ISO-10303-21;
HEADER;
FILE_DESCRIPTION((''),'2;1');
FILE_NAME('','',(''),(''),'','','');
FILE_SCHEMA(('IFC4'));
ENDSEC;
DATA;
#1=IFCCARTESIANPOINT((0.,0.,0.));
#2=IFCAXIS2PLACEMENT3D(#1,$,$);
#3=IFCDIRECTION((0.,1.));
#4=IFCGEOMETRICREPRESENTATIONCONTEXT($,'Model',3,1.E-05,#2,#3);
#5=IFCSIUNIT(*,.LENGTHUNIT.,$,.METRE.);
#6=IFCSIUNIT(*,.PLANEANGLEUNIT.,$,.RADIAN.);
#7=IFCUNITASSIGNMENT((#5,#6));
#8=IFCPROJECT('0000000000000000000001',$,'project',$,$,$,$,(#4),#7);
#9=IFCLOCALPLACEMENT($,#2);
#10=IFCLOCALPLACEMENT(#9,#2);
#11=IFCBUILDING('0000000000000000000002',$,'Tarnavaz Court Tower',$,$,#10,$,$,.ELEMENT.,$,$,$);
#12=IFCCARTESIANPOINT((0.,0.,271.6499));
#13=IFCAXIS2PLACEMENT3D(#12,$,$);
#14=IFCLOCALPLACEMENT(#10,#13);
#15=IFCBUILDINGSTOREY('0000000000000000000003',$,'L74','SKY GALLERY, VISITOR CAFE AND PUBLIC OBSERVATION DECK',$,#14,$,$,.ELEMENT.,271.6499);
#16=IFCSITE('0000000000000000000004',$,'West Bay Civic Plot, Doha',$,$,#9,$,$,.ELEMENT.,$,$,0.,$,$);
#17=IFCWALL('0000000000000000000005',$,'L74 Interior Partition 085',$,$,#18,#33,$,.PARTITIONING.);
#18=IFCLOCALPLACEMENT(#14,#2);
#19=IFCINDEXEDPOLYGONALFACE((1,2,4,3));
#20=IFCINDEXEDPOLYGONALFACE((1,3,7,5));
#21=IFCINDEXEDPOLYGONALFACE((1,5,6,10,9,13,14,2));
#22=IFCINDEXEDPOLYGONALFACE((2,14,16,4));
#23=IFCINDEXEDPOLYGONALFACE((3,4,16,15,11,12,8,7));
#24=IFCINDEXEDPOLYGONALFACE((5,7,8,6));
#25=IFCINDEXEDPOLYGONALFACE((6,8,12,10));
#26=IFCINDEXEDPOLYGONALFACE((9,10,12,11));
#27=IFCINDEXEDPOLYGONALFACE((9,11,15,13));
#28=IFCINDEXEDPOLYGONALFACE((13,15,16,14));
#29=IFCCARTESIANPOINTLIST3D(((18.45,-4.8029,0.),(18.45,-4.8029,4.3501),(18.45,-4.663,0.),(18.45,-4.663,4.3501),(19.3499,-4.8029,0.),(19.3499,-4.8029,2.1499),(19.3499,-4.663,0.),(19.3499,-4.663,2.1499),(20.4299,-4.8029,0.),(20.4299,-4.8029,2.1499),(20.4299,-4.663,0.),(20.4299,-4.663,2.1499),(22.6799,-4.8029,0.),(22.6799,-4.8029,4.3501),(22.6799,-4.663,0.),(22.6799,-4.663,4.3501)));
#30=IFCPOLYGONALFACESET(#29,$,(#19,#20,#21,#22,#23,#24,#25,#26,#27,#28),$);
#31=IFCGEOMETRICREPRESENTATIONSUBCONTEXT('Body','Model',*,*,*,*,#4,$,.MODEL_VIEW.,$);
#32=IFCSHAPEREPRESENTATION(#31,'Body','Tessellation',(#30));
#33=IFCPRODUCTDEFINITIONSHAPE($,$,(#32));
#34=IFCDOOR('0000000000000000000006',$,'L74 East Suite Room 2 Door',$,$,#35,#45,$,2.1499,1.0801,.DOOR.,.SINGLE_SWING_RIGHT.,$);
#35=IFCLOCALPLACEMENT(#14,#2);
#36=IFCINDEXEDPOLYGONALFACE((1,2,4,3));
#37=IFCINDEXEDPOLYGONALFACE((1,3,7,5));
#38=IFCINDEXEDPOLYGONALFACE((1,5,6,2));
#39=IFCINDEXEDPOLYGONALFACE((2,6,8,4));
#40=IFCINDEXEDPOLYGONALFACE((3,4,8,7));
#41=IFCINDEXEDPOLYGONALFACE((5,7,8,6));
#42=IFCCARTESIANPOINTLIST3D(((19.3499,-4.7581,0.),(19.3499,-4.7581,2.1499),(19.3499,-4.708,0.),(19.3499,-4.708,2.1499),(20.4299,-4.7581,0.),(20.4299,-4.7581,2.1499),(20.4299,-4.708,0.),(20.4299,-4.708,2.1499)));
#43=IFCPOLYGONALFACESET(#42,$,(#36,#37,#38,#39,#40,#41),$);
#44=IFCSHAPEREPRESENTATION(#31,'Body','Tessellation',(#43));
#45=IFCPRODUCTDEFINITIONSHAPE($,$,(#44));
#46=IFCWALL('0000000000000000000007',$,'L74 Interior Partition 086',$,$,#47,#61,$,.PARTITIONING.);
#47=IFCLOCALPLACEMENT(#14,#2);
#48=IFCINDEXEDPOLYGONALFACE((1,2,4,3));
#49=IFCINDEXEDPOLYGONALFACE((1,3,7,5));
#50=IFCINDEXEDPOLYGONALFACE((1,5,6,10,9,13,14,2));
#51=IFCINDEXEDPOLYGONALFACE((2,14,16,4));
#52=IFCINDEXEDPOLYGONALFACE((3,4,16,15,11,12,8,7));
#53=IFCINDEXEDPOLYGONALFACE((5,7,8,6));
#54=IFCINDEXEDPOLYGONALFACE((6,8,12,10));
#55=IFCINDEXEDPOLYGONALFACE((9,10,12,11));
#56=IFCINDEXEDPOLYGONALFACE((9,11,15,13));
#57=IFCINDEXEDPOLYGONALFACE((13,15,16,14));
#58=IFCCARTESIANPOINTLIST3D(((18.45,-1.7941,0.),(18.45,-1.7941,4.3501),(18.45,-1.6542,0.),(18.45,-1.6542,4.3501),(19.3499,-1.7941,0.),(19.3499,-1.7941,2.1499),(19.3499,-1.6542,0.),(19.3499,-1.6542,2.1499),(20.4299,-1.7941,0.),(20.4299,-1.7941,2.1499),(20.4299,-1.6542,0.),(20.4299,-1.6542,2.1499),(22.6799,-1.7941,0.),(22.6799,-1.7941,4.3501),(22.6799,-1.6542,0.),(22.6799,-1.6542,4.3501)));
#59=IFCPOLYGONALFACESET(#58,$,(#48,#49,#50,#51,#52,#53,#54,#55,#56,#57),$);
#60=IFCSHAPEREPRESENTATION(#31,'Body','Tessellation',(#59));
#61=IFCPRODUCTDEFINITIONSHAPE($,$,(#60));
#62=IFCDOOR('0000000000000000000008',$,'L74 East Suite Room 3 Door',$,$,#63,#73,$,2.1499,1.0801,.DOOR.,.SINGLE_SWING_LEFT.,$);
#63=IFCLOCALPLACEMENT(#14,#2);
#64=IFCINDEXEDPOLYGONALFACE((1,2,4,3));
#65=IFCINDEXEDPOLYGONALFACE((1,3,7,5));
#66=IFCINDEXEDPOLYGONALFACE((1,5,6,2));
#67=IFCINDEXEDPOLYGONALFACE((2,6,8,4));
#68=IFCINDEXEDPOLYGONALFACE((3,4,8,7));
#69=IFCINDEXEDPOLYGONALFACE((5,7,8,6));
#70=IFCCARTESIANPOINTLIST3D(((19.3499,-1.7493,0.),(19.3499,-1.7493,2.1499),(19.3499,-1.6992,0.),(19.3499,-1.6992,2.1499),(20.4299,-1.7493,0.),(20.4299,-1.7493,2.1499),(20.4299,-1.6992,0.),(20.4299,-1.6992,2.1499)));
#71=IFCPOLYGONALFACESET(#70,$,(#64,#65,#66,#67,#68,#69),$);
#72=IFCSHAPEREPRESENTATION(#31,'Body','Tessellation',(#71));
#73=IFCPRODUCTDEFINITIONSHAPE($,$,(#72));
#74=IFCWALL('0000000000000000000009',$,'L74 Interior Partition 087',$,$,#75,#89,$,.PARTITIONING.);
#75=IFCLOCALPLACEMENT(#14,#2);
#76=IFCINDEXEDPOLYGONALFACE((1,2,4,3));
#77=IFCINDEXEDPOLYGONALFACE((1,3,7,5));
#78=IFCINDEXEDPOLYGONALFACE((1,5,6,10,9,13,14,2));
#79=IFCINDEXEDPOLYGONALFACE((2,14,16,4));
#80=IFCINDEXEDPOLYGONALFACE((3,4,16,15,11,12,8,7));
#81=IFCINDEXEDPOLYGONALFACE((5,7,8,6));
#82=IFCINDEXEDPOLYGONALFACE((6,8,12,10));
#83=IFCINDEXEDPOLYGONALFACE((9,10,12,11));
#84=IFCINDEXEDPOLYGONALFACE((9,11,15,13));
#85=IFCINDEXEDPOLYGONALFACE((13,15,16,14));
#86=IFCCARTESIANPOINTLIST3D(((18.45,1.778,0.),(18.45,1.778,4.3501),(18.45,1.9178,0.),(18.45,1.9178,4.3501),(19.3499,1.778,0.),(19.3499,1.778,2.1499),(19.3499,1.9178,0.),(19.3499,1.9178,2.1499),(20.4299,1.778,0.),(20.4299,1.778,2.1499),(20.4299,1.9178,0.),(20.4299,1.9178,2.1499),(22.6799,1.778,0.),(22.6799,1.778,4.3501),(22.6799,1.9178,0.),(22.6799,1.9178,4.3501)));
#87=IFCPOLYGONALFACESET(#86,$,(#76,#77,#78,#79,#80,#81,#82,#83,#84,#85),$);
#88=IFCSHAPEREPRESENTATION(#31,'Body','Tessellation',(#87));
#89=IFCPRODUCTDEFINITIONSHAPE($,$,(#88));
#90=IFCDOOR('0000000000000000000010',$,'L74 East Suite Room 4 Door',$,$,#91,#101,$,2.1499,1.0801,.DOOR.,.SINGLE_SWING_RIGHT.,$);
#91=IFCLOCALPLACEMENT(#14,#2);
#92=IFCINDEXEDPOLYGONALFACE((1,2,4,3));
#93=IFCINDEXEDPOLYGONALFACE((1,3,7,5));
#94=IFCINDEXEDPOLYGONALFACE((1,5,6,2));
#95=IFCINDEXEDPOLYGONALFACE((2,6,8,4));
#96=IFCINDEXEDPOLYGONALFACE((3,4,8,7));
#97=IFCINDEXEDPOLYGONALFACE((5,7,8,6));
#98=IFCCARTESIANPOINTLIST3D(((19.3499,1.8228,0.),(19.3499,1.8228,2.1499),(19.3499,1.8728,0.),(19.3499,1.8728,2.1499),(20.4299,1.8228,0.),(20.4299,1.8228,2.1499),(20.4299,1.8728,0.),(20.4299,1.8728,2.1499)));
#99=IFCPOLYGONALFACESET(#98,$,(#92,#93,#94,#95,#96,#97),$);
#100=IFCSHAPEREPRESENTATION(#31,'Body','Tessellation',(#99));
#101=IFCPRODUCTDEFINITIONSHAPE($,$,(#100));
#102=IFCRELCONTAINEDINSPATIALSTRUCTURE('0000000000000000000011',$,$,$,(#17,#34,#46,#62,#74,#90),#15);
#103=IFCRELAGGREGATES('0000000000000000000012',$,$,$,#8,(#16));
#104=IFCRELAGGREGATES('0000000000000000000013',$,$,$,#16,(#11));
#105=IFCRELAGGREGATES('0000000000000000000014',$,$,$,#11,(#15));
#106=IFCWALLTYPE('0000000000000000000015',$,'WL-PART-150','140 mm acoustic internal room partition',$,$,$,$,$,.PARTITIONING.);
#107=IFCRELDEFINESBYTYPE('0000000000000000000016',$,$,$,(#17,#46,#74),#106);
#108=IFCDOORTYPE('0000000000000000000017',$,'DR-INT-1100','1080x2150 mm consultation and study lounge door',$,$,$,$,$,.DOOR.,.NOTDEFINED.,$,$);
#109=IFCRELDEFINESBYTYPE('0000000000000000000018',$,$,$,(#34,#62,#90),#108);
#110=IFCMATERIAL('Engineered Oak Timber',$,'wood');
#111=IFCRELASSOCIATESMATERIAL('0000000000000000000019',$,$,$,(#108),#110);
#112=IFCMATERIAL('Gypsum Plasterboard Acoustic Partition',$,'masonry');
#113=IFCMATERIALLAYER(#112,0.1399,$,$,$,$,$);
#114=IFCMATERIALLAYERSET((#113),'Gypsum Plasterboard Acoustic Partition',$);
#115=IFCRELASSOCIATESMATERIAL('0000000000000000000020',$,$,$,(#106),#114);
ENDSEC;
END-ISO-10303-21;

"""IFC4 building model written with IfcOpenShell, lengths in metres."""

from ifc_helpers import new_model, si_unit, direction, frame, frame_2d, origin, place, context, subcontext, project, spatial, rectangle, extrude, material, layer, layer_set, type_object, element, fill, save


model = new_model("IFC4")

# Units and contexts
model_context = context("Model", 3, precision=1e-05, world=origin(), true_north=direction((0.0, 1.0)))
body_context = subcontext(model_context, "Body", "Model", "MODEL_VIEW")
ifc_project = project(units=[si_unit("LENGTHUNIT", "METRE"), si_unit("PLANEANGLEUNIT", "RADIAN")], contexts=[model_context])

# Site, building, storey
site_placement = place(None, origin())
site = spatial("IfcSite", under=ifc_project, at=site_placement, Name="West Bay Civic Plot, Doha", CompositionType="ELEMENT", RefElevation=0.0)
building_placement = place(site_placement, origin())
building = spatial("IfcBuilding", under=site, at=building_placement, Name="Tarnavaz Court Tower", CompositionType="ELEMENT")
storey_placement = place(building_placement, frame((0.0, 0.0, 271.6499)))
storey = spatial("IfcBuildingStorey", under=building, at=storey_placement, Name="L74", Description="SKY GALLERY, VISITOR CAFE AND PUBLIC OBSERVATION DECK", CompositionType="ELEMENT", Elevation=271.6499)

# Walls, openings, doors
ifc_material_1 = material(Name="Engineered Oak Timber", Category="wood")
door_type_1 = type_object("IfcDoorType", Name="DR-INT-1100", Description="1080x2150 mm consultation and study lounge door", OperationType="NOTDEFINED", PredefinedType="DOOR", material=ifc_material_1)
ifc_material_2 = material(Name="Gypsum Plasterboard Acoustic Partition", Category="masonry")
ifc_layer_1 = layer(ifc_material_2, 0.1399)
ifc_layer_set_1 = layer_set([ifc_layer_1], Name="Gypsum Plasterboard Acoustic Partition")
wall_type_1 = type_object("IfcWallType", Name="WL-PART-150", Description="140 mm acoustic internal room partition", PredefinedType="PARTITIONING", material=ifc_layer_set_1)
wall_1_placement = place(storey_placement, frame((18.45, -4.7329, 0.0), z_axis=(0.0, 0.0, 1.0), x_axis=(1.0, 0.0, 0.0)))
wall_1 = element("IfcWall", 1, at=wall_1_placement, inside=storey, type_object=wall_type_1, Name="L74 Interior Partition 085", PredefinedType="PARTITIONING", context=body_context, shape_type="SweptSolid", body=[
    extrude(rectangle(XDim=4.23, YDim=0.1399, at=frame_2d((2.115, 0.0))), origin(), (0.0, 0.0, 1.0), 4.3501),
])
opening_1_placement = place(wall_1_placement, frame((0.8999, 0.0, 0.0)))
opening_1 = element("IfcOpeningElement", 2, at=opening_1_placement, cuts=wall_1, PredefinedType="OPENING", context=body_context, shape_type="SweptSolid", body=[
    extrude(rectangle(XDim=1.0801, YDim=2.1499, at=frame_2d((0.54, 1.075))), frame((0.0, 0.0798, 0.0), z_axis=(0.0, -1.0, 0.0), x_axis=(1.0, 0.0, 0.0)), (0.0, 0.0, 1.0), 0.1599),
])
door_1_placement = place(opening_1_placement, origin())
door_1 = element("IfcDoor", 3, at=door_1_placement, inside=storey, type_object=door_type_1, Name="L74 East Suite Room 2 Door", OperationType="SINGLE_SWING_RIGHT", OverallHeight=2.1499, OverallWidth=1.0801, PredefinedType="DOOR", context=body_context, shape_type="SweptSolid", body=[
    extrude(rectangle(XDim=1.0801, YDim=2.1499, at=frame_2d((0.54, 1.075))), frame((0.0, 0.0249, 0.0), z_axis=(0.0, -1.0, 0.0), x_axis=(1.0, 0.0, 0.0)), (0.0, 0.0, 1.0), 0.05),
])
fill(opening_1, door_1)
wall_2_placement = place(storey_placement, frame((18.45, -1.7241, 0.0), z_axis=(0.0, 0.0, 1.0), x_axis=(1.0, 0.0, 0.0)))
wall_2 = element("IfcWall", 4, at=wall_2_placement, inside=storey, type_object=wall_type_1, Name="L74 Interior Partition 086", PredefinedType="PARTITIONING", context=body_context, shape_type="SweptSolid", body=[
    extrude(rectangle(XDim=4.23, YDim=0.1399, at=frame_2d((2.115, 0.0))), origin(), (0.0, 0.0, 1.0), 4.3501),
])
opening_2_placement = place(wall_2_placement, frame((0.8999, 0.0, 0.0)))
opening_2 = element("IfcOpeningElement", 5, at=opening_2_placement, cuts=wall_2, PredefinedType="OPENING", context=body_context, shape_type="SweptSolid", body=[
    extrude(rectangle(XDim=1.0801, YDim=2.1499, at=frame_2d((0.54, 1.075))), frame((0.0, 0.0798, 0.0), z_axis=(0.0, -1.0, 0.0), x_axis=(1.0, 0.0, 0.0)), (0.0, 0.0, 1.0), 0.1599),
])
door_2_placement = place(opening_2_placement, origin())
door_2 = element("IfcDoor", 6, at=door_2_placement, inside=storey, type_object=door_type_1, Name="L74 East Suite Room 3 Door", OperationType="SINGLE_SWING_LEFT", OverallHeight=2.1499, OverallWidth=1.0801, PredefinedType="DOOR", context=body_context, shape_type="SweptSolid", body=[
    extrude(rectangle(XDim=1.0801, YDim=2.1499, at=frame_2d((0.54, 1.075))), frame((0.0, 0.0249, 0.0), z_axis=(0.0, -1.0, 0.0), x_axis=(1.0, 0.0, 0.0)), (0.0, 0.0, 1.0), 0.05),
])
fill(opening_2, door_2)
wall_3_placement = place(storey_placement, frame((18.45, 1.8479, 0.0), z_axis=(0.0, 0.0, 1.0), x_axis=(1.0, 0.0, 0.0)))
wall_3 = element("IfcWall", 7, at=wall_3_placement, inside=storey, type_object=wall_type_1, Name="L74 Interior Partition 087", PredefinedType="PARTITIONING", context=body_context, shape_type="SweptSolid", body=[
    extrude(rectangle(XDim=4.23, YDim=0.1399, at=frame_2d((2.115, 0.0))), origin(), (0.0, 0.0, 1.0), 4.3501),
])
opening_3_placement = place(wall_3_placement, frame((0.8999, 0.0, 0.0)))
opening_3 = element("IfcOpeningElement", 8, at=opening_3_placement, cuts=wall_3, PredefinedType="OPENING", context=body_context, shape_type="SweptSolid", body=[
    extrude(rectangle(XDim=1.0801, YDim=2.1499, at=frame_2d((0.54, 1.075))), frame((0.0, 0.0798, 0.0), z_axis=(0.0, -1.0, 0.0), x_axis=(1.0, 0.0, 0.0)), (0.0, 0.0, 1.0), 0.1599),
])
door_3_placement = place(opening_3_placement, origin())
door_3 = element("IfcDoor", 9, at=door_3_placement, inside=storey, type_object=door_type_1, Name="L74 East Suite Room 4 Door", OperationType="SINGLE_SWING_RIGHT", OverallHeight=2.1499, OverallWidth=1.0801, PredefinedType="DOOR", context=body_context, shape_type="SweptSolid", body=[
    extrude(rectangle(XDim=1.0801, YDim=2.1499, at=frame_2d((0.54, 1.075))), frame((0.0, 0.0249, 0.0), z_axis=(0.0, -1.0, 0.0), x_axis=(1.0, 0.0, 0.0)), (0.0, 0.0, 1.0), 0.05),
])
fill(opening_3, door_3)

save(model, "model.ifc")
